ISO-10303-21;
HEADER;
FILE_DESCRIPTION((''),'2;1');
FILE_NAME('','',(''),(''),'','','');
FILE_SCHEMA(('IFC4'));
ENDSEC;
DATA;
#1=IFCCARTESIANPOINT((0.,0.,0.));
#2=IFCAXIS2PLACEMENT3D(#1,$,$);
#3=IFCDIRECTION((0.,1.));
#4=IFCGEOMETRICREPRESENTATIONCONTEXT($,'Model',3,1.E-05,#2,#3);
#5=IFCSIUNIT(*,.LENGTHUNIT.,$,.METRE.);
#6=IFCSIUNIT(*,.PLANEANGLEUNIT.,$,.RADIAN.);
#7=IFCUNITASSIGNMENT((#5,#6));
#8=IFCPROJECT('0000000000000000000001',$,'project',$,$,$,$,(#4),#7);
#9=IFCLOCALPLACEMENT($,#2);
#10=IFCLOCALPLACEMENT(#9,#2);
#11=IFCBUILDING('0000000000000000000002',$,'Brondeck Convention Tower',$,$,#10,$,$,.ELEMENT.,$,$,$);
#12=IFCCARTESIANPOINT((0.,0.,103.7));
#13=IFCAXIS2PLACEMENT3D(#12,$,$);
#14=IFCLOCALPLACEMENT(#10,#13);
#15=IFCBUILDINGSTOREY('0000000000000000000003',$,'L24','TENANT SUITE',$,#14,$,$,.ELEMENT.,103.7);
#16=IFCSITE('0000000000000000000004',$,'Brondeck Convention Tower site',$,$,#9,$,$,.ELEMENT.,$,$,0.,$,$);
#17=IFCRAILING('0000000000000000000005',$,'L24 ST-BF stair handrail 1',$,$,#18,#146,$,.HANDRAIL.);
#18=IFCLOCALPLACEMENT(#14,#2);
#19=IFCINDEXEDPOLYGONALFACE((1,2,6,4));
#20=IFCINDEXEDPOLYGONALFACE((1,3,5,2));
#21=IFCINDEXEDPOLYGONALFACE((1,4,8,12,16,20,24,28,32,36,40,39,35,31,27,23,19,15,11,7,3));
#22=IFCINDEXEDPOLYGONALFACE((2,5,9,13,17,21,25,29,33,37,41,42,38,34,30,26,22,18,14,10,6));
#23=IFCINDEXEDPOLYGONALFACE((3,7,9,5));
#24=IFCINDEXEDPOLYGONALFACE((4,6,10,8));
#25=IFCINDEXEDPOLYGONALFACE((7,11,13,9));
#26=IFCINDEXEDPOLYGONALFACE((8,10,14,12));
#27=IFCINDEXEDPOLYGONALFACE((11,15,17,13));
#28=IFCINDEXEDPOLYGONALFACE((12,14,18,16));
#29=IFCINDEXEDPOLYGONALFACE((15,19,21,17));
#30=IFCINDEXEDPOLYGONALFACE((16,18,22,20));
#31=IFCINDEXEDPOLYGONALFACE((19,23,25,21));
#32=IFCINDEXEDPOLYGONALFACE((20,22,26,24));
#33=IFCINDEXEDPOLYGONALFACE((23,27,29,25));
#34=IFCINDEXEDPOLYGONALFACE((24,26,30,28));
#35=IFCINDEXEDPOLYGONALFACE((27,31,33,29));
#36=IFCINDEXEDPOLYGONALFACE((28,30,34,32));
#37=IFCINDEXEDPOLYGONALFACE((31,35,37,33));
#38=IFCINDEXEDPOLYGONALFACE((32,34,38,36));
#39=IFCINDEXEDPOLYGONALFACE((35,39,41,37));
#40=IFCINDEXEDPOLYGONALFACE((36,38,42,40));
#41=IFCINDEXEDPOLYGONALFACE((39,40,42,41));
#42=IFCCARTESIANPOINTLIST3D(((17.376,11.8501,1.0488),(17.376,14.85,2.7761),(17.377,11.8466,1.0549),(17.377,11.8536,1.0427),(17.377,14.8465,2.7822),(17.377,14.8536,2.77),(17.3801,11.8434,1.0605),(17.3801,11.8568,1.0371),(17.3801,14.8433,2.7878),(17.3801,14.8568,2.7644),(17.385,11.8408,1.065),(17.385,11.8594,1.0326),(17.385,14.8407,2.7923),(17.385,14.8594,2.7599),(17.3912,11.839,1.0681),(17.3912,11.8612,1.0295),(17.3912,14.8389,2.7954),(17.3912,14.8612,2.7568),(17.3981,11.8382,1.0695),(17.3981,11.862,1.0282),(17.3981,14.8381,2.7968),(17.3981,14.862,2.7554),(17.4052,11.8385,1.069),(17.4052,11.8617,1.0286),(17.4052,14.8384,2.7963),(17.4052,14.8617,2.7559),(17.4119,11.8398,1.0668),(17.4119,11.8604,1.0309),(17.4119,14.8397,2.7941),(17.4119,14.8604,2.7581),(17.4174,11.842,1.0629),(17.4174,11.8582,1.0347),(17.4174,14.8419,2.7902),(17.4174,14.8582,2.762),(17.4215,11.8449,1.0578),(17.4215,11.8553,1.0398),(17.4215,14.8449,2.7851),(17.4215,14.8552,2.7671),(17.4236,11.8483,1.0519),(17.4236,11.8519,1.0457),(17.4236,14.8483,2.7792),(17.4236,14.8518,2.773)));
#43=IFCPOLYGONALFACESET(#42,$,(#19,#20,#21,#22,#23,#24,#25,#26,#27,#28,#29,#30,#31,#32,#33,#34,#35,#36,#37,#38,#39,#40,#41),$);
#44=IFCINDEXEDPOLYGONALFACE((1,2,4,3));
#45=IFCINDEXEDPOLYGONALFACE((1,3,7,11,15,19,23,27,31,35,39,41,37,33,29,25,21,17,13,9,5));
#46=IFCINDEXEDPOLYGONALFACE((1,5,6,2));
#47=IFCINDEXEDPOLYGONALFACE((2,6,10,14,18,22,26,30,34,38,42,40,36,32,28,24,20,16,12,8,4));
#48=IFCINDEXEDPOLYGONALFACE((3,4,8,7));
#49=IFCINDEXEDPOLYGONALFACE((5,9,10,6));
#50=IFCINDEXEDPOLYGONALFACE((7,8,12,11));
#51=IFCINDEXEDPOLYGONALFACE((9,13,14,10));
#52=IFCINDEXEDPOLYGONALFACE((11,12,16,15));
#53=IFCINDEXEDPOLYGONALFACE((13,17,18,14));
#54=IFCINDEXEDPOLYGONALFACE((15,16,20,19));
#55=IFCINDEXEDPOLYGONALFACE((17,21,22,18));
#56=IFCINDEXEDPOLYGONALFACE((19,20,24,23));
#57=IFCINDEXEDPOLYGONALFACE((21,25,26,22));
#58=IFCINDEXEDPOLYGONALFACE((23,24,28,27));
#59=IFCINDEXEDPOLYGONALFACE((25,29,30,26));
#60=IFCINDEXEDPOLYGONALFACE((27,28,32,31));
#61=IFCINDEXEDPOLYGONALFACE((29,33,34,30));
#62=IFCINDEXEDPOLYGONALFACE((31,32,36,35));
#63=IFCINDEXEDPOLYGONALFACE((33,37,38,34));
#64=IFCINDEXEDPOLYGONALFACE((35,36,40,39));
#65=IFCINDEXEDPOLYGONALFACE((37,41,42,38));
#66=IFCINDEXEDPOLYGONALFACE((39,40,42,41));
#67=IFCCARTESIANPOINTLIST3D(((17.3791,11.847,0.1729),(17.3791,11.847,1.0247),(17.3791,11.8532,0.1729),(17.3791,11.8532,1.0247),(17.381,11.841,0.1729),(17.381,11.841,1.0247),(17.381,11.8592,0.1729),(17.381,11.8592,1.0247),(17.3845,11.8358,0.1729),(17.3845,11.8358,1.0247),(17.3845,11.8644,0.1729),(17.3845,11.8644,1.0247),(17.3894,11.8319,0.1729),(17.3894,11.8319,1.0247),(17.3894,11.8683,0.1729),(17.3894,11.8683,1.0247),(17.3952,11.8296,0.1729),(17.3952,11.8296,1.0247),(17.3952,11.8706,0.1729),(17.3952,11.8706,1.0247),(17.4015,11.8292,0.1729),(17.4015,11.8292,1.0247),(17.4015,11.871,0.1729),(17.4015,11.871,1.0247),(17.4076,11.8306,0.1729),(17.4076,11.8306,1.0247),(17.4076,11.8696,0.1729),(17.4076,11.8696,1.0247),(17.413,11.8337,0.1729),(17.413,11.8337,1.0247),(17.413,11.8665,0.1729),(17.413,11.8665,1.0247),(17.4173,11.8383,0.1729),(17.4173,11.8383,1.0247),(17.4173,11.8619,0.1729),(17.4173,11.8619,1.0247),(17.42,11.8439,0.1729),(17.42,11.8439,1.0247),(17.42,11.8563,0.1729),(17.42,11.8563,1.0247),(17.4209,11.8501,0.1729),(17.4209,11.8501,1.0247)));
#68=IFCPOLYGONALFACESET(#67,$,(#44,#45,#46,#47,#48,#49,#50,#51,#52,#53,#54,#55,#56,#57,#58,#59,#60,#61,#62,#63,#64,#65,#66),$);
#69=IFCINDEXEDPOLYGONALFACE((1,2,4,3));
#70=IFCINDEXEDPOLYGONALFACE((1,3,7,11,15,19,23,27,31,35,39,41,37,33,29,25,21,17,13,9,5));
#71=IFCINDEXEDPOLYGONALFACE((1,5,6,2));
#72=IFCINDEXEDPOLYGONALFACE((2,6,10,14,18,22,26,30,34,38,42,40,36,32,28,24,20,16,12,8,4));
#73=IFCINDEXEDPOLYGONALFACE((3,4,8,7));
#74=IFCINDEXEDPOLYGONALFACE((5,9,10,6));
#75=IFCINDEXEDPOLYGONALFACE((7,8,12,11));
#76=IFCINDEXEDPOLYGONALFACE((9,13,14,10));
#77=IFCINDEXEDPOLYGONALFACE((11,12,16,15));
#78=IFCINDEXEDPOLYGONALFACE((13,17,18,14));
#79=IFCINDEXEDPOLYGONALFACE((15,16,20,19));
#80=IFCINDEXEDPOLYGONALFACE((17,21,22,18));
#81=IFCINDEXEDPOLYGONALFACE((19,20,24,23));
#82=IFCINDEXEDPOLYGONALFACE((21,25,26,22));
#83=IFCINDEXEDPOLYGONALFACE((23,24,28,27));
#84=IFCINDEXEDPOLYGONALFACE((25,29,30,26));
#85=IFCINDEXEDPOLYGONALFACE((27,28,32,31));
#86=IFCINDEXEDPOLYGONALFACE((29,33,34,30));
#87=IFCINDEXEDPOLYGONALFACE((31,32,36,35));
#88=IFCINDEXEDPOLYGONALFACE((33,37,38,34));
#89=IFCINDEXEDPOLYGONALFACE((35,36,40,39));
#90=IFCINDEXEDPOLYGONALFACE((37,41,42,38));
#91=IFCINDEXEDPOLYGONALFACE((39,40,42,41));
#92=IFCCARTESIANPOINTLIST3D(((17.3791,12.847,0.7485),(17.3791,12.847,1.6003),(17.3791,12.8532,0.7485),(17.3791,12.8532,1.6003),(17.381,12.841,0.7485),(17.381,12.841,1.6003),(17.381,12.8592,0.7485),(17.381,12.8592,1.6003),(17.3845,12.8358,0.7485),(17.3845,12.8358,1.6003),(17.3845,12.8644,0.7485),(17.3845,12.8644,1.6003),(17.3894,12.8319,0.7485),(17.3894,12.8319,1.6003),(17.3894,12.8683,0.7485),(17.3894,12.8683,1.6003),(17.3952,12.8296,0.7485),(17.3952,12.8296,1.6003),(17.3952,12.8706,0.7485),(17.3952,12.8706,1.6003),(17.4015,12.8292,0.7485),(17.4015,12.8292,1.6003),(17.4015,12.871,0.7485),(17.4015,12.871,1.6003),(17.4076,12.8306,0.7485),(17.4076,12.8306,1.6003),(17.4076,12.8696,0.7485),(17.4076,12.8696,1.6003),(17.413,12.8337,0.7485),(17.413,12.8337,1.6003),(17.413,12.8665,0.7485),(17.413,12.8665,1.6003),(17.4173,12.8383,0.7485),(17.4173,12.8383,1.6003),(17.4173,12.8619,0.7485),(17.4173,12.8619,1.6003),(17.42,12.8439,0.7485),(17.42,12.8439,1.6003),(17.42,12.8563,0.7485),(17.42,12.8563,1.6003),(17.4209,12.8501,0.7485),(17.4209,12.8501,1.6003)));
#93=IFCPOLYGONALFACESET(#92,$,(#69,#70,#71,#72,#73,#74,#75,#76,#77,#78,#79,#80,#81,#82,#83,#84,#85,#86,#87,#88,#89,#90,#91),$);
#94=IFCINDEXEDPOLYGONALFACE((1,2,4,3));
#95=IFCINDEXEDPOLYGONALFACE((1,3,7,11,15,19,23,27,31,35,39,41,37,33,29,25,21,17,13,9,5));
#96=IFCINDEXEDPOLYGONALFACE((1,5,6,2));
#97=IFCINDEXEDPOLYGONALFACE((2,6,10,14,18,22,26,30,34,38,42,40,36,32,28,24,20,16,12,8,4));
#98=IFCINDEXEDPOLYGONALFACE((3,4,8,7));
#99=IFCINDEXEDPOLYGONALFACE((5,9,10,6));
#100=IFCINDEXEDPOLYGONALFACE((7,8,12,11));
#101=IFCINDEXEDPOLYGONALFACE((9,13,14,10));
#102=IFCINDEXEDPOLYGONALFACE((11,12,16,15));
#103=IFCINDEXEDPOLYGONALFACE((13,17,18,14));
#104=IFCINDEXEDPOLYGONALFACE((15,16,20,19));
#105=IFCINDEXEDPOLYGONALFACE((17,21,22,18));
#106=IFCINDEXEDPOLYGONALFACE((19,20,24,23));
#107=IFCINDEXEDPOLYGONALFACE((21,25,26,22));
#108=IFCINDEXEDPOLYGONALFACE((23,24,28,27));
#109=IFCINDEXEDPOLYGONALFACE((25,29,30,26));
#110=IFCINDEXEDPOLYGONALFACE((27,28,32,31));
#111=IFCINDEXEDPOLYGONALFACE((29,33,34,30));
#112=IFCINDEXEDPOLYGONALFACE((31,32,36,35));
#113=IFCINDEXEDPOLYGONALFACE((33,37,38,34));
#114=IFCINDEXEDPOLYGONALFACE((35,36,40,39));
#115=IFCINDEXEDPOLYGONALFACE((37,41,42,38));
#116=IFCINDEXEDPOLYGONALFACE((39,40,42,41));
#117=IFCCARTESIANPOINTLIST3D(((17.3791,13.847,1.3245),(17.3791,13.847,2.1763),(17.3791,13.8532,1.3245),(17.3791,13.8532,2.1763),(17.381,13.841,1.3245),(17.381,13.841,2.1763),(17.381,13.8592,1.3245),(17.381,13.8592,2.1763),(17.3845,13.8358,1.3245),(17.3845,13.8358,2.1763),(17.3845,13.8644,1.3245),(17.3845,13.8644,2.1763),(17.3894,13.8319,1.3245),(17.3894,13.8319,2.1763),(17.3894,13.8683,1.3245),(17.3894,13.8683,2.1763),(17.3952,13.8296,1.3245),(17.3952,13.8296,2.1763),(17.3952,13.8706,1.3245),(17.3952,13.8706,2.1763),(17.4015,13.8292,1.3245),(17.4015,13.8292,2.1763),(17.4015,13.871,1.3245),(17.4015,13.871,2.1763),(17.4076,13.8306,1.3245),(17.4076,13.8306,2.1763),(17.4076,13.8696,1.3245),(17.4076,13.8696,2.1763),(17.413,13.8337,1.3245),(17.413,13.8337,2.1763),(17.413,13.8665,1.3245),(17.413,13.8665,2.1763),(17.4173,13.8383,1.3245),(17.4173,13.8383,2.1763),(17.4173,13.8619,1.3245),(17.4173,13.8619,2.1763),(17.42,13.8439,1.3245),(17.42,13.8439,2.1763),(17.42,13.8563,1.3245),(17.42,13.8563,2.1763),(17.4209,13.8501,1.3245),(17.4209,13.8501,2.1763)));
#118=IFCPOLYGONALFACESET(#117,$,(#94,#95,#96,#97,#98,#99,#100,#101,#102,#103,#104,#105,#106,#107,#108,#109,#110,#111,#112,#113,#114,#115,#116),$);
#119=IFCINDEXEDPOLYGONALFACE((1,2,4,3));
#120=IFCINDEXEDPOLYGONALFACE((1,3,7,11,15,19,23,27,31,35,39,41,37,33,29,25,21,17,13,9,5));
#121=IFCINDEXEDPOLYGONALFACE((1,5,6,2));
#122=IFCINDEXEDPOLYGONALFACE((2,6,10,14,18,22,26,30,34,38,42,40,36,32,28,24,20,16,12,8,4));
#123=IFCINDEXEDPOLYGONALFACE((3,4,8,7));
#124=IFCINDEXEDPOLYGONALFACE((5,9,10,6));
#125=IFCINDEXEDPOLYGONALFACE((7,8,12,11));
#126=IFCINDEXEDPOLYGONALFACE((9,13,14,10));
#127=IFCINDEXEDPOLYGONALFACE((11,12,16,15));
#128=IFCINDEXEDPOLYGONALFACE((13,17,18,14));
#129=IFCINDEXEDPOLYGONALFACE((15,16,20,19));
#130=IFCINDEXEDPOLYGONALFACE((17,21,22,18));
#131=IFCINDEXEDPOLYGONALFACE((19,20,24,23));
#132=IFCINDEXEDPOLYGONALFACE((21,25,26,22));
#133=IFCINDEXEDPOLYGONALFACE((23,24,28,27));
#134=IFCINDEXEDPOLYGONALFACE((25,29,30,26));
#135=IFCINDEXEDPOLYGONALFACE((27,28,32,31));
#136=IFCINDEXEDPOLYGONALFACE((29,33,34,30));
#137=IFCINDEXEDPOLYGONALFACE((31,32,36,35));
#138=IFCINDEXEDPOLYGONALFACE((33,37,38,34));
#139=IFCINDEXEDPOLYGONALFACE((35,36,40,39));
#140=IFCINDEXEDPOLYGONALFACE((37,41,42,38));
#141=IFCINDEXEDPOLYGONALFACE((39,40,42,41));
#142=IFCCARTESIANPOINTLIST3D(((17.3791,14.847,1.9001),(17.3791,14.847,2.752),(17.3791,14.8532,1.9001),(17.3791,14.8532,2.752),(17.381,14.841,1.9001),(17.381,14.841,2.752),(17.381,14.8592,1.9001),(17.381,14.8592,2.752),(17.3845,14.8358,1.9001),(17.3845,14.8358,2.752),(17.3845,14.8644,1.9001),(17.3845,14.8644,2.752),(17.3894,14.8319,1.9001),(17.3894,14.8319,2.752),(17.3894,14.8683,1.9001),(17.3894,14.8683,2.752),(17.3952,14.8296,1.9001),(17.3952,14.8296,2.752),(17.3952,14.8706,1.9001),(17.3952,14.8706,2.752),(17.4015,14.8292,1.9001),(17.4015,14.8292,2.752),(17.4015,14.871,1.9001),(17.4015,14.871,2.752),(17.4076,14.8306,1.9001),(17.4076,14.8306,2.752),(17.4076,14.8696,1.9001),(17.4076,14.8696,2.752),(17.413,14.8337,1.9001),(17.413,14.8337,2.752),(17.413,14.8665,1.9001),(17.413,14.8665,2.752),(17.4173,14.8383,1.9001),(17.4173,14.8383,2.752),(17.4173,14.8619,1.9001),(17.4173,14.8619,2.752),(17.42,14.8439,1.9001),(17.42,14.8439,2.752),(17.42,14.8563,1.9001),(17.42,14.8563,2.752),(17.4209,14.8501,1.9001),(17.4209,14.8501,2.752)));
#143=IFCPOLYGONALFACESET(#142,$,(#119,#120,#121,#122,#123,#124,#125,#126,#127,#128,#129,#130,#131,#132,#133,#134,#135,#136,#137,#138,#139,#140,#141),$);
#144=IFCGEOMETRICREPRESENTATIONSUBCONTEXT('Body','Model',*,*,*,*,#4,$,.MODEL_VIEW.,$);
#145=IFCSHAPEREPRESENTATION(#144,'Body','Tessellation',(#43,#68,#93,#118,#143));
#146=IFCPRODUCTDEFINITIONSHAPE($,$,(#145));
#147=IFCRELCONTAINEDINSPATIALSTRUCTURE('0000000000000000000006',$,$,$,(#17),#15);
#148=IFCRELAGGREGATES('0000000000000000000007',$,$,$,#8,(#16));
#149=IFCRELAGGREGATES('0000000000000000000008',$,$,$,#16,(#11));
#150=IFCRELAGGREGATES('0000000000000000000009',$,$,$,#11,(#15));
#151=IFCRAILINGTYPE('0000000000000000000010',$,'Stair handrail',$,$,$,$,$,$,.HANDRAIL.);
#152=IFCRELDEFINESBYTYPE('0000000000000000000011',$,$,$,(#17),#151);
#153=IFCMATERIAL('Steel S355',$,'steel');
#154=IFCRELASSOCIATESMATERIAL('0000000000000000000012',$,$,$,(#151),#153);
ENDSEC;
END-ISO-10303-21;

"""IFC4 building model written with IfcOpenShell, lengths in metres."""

from ifc_helpers import new_model, si_unit, direction, frame, origin, origin_2d, place, context, subcontext, project, spatial, circle, extrude, material, type_object, element, save


model = new_model("IFC4")

# Units and contexts
model_context = context("Model", 3, precision=1e-05, world=origin(), true_north=direction((0.0, 1.0)))
body_context = subcontext(model_context, "Body", "Model", "MODEL_VIEW")
ifc_project = project(units=[si_unit("LENGTHUNIT", "METRE"), si_unit("PLANEANGLEUNIT", "RADIAN")], contexts=[model_context])

# Site, building, storey
site_placement = place(None, origin())
site = spatial("IfcSite", under=ifc_project, at=site_placement, Name="Brondeck Convention Tower site", CompositionType="ELEMENT", RefElevation=0.0)
building_placement = place(site_placement, origin())
building = spatial("IfcBuilding", under=site, at=building_placement, Name="Brondeck Convention Tower", CompositionType="ELEMENT")
storey_placement = place(building_placement, frame((0.0, 0.0, 103.7)))
storey = spatial("IfcBuildingStorey", under=building, at=storey_placement, Name="L24", Description="TENANT SUITE", CompositionType="ELEMENT", Elevation=103.7)

# Shared definitions
ifc_material_1 = material(Name="Steel S355", Category="steel")

# Railing
railing_type_1 = type_object("IfcRailingType", Name="Stair handrail", PredefinedType="HANDRAIL", material=ifc_material_1)
railing_1_placement = place(storey_placement, frame((17.3999, 11.8501, 0.1729)))
element("IfcRailing", 1, at=railing_1_placement, inside=storey, type_object=railing_type_1, Name="L24 ST-BF stair handrail 1", PredefinedType="HANDRAIL", context=body_context, shape_type="SweptSolid", body=[
    extrude(circle(Radius=0.0239, at=origin_2d()), frame((0.0, 0.0, 0.876), z_axis=(0.0, 0.86662, 0.498969), x_axis=(-1.0, 0.0, 0.0)), (0.0, 0.0, 1.0), 3.4617),
    extrude(circle(Radius=0.021, at=origin_2d()), origin(), (0.0, 0.0, 1.0), 0.8518),
    extrude(circle(Radius=0.021, at=origin_2d()), frame((0.0, 1.0, 0.5757)), (0.0, 0.0, 1.0), 0.8518),
    extrude(circle(Radius=0.021, at=origin_2d()), frame((0.0, 2.0, 1.1516)), (0.0, 0.0, 1.0), 0.8518),
    extrude(circle(Radius=0.021, at=origin_2d()), frame((0.0, 3.0, 1.7273)), (0.0, 0.0, 1.0), 0.8518),
])

save(model, "model.ifc")
